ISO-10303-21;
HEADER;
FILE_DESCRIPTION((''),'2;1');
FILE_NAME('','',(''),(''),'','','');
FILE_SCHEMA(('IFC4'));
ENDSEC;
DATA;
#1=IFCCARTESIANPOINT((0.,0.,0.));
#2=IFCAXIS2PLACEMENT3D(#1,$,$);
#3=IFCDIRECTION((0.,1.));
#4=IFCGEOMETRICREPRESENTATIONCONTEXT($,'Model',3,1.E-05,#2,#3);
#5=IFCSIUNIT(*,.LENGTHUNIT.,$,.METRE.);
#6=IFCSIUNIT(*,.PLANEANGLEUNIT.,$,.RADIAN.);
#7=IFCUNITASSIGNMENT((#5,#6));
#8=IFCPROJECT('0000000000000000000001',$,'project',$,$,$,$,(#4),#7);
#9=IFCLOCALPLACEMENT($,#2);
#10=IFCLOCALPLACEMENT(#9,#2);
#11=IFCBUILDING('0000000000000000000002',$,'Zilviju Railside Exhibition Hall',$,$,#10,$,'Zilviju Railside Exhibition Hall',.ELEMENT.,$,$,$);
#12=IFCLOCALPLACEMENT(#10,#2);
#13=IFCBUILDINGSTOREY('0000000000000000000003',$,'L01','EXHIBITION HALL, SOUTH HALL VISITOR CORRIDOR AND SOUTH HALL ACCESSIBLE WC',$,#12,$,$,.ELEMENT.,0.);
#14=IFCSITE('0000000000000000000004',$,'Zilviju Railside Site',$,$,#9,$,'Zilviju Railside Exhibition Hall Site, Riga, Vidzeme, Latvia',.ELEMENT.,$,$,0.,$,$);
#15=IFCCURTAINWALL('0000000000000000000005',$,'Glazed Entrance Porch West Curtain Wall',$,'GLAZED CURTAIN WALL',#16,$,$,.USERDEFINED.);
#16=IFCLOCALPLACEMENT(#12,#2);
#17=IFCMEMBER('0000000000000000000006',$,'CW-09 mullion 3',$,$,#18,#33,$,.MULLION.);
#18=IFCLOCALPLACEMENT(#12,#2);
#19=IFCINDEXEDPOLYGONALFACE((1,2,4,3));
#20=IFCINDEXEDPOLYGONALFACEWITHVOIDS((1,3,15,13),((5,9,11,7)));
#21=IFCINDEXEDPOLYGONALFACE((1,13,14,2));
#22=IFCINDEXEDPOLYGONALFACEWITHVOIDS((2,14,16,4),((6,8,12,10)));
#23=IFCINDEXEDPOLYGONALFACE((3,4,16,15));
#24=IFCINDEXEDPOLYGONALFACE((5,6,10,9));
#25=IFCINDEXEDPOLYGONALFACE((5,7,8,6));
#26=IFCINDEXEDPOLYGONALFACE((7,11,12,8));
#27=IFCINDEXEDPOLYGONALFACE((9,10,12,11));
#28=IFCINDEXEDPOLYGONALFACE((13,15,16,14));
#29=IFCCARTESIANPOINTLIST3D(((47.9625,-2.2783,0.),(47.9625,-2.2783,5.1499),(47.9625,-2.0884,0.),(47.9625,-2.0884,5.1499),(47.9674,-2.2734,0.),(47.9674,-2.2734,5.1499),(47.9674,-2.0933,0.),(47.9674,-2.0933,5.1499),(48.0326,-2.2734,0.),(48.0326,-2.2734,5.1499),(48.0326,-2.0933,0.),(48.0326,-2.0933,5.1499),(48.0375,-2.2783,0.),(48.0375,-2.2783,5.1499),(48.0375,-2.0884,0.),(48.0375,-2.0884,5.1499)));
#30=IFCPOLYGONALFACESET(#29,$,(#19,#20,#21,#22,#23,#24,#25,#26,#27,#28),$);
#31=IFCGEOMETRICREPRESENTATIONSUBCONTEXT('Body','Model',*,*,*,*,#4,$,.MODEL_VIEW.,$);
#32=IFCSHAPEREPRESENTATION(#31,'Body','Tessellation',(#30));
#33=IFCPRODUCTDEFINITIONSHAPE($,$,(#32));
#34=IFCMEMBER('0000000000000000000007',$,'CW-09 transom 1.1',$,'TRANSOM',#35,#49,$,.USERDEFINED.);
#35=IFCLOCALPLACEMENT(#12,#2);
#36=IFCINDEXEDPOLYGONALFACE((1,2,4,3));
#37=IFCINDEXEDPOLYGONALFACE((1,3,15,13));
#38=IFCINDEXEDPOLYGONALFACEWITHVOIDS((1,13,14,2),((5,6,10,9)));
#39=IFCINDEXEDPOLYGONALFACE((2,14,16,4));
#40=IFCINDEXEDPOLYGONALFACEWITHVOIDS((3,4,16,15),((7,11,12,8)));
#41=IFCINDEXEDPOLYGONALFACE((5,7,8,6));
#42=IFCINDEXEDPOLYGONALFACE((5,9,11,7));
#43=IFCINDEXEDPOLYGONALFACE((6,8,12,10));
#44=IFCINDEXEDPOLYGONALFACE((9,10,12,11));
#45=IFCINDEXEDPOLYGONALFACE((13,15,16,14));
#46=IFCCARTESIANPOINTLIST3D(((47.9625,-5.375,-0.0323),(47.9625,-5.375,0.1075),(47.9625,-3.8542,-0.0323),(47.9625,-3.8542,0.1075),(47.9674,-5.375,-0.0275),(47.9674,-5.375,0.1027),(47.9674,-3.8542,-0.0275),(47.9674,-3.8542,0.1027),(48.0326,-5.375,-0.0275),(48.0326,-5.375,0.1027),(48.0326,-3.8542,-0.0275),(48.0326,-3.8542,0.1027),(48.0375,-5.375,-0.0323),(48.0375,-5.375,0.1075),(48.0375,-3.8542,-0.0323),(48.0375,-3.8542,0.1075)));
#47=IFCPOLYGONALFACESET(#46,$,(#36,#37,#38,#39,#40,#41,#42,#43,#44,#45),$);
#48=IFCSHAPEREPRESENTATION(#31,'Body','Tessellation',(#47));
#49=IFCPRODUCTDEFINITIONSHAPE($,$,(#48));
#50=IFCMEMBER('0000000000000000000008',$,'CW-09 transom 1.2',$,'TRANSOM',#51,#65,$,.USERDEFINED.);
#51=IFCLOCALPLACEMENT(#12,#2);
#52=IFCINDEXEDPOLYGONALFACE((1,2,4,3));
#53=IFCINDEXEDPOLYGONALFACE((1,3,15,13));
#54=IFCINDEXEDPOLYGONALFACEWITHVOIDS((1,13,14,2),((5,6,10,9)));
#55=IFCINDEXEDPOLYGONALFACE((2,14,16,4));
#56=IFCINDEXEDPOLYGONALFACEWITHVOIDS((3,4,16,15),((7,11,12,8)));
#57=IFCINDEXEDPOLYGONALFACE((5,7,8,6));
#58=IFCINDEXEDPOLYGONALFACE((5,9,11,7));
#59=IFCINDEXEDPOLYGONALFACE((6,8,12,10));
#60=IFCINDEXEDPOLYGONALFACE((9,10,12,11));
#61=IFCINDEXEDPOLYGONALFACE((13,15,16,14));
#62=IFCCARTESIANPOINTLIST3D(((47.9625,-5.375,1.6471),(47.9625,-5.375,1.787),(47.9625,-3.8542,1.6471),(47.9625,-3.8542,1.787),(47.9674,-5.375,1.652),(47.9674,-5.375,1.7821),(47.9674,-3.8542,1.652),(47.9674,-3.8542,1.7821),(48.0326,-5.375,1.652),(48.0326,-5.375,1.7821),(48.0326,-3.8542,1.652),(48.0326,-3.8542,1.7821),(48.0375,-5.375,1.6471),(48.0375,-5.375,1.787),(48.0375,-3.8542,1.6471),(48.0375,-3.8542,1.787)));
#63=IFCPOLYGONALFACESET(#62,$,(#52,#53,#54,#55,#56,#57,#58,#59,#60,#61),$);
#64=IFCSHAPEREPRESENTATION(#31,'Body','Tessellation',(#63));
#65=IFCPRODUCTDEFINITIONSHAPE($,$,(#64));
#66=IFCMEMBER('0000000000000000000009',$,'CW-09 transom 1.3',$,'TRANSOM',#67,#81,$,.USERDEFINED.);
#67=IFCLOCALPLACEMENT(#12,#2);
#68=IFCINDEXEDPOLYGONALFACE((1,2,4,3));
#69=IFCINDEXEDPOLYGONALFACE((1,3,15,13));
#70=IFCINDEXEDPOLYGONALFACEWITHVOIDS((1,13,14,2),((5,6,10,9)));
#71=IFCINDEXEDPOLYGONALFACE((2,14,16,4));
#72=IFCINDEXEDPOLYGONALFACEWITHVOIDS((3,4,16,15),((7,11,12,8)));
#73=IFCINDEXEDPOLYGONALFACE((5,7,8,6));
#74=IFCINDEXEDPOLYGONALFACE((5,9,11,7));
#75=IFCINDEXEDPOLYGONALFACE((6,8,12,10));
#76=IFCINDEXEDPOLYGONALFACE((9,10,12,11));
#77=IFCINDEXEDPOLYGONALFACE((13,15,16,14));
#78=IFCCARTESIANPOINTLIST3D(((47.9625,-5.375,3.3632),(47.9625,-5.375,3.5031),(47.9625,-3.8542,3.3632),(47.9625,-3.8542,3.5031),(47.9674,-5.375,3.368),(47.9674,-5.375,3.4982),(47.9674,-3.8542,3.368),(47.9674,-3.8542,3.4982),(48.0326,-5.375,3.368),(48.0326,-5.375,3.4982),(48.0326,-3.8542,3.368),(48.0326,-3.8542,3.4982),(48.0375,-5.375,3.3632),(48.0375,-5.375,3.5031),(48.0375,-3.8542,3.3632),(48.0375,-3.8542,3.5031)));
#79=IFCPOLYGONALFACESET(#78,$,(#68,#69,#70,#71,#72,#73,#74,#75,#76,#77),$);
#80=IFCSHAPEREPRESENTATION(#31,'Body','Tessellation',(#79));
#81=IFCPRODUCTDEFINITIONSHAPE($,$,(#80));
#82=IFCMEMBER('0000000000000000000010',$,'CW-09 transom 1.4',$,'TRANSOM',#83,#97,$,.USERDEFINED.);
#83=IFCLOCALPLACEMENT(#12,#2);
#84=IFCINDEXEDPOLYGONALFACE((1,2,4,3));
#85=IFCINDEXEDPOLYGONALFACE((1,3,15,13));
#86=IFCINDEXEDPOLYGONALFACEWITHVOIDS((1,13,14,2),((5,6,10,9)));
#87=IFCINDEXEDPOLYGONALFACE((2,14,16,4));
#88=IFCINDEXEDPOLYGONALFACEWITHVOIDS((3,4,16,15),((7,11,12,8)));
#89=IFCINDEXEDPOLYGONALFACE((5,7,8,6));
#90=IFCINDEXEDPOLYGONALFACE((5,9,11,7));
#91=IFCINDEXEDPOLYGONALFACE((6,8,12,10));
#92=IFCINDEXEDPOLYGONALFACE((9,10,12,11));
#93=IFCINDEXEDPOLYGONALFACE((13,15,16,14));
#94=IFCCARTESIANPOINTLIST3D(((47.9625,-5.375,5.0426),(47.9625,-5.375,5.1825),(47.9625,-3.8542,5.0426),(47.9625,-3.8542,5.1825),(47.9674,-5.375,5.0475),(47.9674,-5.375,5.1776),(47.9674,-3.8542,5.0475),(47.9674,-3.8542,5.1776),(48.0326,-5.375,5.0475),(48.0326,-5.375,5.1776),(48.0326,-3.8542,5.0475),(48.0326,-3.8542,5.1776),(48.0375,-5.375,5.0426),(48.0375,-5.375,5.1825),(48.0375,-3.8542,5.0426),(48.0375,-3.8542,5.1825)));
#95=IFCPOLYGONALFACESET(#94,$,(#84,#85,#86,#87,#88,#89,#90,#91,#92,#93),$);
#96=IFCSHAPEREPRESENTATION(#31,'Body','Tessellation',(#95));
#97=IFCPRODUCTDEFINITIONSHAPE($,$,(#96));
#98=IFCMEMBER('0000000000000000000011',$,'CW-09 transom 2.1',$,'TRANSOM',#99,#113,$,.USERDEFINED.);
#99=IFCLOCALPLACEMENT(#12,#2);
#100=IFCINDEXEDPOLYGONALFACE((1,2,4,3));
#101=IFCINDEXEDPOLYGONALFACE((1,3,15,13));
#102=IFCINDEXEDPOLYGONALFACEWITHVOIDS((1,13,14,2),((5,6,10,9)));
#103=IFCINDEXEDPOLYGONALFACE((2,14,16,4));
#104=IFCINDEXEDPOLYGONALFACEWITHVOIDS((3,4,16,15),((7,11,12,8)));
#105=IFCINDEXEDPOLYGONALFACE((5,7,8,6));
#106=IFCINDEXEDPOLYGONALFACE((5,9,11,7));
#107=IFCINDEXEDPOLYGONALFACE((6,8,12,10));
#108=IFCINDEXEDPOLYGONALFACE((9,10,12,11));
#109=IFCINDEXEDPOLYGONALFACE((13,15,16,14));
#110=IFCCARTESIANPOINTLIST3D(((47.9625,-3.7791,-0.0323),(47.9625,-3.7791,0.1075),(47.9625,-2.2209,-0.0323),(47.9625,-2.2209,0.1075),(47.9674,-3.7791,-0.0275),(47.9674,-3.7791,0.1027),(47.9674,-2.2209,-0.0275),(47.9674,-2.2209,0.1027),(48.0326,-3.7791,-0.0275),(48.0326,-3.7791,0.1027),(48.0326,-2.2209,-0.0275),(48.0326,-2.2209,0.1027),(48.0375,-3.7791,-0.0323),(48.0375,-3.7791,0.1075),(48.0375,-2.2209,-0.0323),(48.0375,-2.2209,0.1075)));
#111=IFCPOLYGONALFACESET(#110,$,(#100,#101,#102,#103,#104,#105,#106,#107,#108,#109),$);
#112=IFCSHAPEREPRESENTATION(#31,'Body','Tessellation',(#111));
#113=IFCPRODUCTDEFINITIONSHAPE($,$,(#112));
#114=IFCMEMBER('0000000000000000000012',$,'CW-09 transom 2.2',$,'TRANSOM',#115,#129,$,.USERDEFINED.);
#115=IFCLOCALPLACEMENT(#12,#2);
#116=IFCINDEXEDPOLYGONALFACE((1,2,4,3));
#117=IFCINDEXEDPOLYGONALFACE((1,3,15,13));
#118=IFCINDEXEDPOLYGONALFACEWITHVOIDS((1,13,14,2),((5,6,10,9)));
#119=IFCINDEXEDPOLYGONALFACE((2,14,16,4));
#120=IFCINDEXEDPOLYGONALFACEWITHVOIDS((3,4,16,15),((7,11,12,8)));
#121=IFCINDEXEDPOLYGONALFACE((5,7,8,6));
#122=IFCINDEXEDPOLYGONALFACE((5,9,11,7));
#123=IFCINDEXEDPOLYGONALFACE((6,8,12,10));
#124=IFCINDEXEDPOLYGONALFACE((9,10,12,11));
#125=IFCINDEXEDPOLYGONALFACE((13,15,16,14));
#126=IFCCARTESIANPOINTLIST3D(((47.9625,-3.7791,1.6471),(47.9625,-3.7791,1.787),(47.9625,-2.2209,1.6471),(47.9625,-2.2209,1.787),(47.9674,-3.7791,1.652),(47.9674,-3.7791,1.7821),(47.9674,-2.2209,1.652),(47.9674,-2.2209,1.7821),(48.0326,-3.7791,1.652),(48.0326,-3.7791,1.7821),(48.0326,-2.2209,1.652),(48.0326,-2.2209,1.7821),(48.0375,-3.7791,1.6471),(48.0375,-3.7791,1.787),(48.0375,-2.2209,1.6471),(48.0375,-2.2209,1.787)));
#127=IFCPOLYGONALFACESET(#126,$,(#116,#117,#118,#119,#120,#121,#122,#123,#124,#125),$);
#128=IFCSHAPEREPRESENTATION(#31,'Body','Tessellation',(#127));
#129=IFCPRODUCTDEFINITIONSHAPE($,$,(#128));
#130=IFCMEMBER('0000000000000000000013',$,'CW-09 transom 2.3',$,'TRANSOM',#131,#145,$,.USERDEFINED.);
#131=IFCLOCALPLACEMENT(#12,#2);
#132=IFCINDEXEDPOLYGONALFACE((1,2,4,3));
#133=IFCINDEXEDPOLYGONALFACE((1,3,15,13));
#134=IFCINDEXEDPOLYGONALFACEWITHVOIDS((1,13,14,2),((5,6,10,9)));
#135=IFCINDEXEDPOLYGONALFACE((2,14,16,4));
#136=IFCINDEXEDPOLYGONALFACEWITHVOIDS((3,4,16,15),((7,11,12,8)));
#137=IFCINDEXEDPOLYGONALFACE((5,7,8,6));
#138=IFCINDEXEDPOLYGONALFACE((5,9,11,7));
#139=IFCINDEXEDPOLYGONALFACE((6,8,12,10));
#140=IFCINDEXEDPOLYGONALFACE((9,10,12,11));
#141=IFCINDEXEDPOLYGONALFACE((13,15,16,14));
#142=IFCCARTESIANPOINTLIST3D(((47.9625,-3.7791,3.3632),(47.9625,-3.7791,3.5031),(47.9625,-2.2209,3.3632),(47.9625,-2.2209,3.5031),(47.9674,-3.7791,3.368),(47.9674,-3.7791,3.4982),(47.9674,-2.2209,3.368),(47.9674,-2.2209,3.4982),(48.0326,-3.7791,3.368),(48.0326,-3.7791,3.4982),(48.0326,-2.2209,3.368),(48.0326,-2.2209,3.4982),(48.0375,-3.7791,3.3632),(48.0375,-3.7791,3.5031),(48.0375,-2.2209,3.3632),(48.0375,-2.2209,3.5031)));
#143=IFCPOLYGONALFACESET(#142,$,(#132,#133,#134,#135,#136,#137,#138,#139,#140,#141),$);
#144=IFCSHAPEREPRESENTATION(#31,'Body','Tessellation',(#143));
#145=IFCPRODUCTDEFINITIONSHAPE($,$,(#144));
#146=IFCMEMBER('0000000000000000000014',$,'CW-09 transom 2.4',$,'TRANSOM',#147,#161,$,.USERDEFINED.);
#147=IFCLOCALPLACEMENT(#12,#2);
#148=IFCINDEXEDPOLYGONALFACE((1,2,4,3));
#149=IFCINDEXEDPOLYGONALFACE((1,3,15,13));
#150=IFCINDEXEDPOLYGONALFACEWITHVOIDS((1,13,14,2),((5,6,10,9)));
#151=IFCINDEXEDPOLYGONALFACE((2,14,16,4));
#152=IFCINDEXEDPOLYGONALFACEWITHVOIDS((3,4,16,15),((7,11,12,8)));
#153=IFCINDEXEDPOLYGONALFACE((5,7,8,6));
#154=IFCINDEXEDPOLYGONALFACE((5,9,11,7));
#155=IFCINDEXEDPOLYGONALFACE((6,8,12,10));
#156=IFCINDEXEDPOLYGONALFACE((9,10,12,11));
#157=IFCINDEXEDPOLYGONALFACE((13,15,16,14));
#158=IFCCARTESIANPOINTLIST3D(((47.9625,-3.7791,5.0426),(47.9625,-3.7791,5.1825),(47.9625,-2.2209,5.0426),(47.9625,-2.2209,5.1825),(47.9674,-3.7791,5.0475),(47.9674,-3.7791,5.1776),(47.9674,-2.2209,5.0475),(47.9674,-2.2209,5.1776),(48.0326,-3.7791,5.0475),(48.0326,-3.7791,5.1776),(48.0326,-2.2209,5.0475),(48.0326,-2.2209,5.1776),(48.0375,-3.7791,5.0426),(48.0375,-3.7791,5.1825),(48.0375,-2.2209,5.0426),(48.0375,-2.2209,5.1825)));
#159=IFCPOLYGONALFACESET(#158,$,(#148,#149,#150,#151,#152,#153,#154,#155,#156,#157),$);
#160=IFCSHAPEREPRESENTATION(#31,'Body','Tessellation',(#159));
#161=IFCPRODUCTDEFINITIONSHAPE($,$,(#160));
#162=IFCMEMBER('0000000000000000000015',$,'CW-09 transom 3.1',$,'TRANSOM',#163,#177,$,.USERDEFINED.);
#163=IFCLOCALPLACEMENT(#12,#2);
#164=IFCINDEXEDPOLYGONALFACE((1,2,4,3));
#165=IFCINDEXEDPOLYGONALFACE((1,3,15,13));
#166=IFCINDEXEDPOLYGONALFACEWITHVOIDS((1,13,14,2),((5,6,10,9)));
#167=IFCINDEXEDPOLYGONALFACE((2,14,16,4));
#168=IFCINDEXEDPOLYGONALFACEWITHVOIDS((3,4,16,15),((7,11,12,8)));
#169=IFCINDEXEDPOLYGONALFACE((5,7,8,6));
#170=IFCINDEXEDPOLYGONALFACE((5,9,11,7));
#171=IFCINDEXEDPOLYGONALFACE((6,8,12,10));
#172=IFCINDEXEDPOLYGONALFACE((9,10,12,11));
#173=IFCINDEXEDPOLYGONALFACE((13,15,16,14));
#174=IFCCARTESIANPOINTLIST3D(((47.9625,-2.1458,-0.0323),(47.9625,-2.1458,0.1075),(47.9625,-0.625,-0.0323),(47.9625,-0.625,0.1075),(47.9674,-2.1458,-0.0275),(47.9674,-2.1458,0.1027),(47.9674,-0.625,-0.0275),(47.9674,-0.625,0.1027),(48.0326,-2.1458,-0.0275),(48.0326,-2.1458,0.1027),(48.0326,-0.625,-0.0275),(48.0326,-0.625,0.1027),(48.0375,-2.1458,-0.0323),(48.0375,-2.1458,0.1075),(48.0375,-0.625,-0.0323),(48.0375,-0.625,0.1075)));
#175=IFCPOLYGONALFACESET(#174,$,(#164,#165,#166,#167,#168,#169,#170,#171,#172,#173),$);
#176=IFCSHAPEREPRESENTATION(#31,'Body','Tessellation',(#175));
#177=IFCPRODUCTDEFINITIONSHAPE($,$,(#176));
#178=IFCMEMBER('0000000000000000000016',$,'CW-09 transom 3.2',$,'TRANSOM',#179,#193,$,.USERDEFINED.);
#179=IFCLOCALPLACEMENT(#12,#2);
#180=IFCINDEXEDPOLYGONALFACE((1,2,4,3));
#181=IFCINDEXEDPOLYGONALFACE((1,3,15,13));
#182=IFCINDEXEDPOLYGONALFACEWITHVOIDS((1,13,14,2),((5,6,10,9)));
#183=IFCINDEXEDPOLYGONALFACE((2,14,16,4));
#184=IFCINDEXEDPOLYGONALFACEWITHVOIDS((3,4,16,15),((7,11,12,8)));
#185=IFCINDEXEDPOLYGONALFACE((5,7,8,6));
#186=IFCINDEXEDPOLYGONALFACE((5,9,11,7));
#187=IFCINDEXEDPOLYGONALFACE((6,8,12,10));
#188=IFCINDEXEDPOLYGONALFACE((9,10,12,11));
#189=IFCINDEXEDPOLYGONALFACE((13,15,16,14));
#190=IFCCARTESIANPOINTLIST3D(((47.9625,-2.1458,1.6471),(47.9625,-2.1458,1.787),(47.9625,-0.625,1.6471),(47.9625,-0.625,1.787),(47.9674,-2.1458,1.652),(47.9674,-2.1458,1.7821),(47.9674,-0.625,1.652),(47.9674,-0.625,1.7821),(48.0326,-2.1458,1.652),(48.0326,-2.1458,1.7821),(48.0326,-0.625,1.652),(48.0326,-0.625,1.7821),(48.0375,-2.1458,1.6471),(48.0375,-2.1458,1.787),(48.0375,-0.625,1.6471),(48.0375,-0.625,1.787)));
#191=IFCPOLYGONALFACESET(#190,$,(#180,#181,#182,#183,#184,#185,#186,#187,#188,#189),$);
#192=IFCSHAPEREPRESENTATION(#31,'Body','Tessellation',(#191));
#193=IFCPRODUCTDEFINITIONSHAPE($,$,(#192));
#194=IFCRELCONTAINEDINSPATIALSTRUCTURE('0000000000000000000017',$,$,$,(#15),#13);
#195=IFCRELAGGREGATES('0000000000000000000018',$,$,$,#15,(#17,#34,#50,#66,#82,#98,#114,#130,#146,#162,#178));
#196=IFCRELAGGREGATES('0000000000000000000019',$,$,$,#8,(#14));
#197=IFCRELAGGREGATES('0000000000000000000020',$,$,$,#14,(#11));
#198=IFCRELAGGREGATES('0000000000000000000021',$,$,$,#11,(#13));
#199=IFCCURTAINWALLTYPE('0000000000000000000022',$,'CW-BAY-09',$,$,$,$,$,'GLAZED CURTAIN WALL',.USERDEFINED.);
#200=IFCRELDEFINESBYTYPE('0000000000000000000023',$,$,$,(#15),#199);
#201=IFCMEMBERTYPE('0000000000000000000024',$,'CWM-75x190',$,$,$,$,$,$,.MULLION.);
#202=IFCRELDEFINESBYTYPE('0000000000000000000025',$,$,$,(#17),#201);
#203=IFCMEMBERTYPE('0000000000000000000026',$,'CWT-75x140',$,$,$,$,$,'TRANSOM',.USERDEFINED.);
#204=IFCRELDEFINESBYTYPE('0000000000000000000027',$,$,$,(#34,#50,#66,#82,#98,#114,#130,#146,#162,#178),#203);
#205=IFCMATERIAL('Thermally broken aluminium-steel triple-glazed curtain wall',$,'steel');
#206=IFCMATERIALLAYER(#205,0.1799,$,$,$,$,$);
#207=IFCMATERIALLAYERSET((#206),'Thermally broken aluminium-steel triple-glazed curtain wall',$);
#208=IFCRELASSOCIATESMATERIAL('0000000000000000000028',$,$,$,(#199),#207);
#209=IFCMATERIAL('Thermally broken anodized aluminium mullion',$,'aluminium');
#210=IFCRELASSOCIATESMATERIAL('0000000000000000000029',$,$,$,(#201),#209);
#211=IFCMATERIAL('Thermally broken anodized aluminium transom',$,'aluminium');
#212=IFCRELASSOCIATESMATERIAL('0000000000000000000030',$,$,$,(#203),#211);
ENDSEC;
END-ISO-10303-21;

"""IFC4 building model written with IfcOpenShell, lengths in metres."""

from ifc_helpers import new_model, si_unit, direction, frame, origin, origin_2d, place, context, subcontext, project, spatial, hollow_rectangle, extrude, material, layer, layer_set, material_profile, profile_set, type_object, element, aggregate, save


model = new_model("IFC4")

# Units and contexts
model_context = context("Model", 3, precision=1e-05, world=origin(), true_north=direction((0.0, 1.0)))
body_context = subcontext(model_context, "Body", "Model", "MODEL_VIEW")
ifc_project = project(units=[si_unit("LENGTHUNIT", "METRE"), si_unit("PLANEANGLEUNIT", "RADIAN")], contexts=[model_context])

# Site, building, storey
site_placement = place(None, origin())
site = spatial("IfcSite", under=ifc_project, at=site_placement, Name="Zilviju Railside Site", LongName="Zilviju Railside Exhibition Hall Site, Riga, Vidzeme, Latvia", CompositionType="ELEMENT", RefElevation=0.0)
building_placement = place(site_placement, origin())
building = spatial("IfcBuilding", under=site, at=building_placement, Name="Zilviju Railside Exhibition Hall", LongName="Zilviju Railside Exhibition Hall", CompositionType="ELEMENT")
storey_placement = place(building_placement, origin())
storey = spatial("IfcBuildingStorey", under=building, at=storey_placement, Name="L01", Description="EXHIBITION HALL, SOUTH HALL VISITOR CORRIDOR AND SOUTH HALL ACCESSIBLE WC", CompositionType="ELEMENT", Elevation=0.0)

# Curtain wall, members
ifc_material_1 = material(Name="Thermally broken aluminium-steel triple-glazed curtain wall", Category="steel")
ifc_layer_1 = layer(ifc_material_1, 0.1799)
ifc_layer_set_1 = layer_set([ifc_layer_1], Name="Thermally broken aluminium-steel triple-glazed curtain wall")
curtain_wall_type = type_object("IfcCurtainWallType", Name="CW-BAY-09", ElementType="GLAZED CURTAIN WALL", PredefinedType="USERDEFINED", material=ifc_layer_set_1)
curtain_wall_placement = place(storey_placement, origin())
curtain_wall = element("IfcCurtainWall", 1, at=curtain_wall_placement, inside=storey, type_object=curtain_wall_type, Name="Glazed Entrance Porch West Curtain Wall", ObjectType="GLAZED CURTAIN WALL", PredefinedType="USERDEFINED")
ifc_material_2 = material(Name="Thermally broken anodized aluminium mullion", Category="aluminium")
ifc_material_profile_1 = material_profile(ifc_material_2, hollow_rectangle(XDim=0.075, YDim=0.1899, WallThickness=0.0049, at=origin_2d()), Name="MULLION 190x75x5")
ifc_profile_set_1 = profile_set([ifc_material_profile_1], Name="Thermally broken anodized aluminium mullion")
member_type_1 = type_object("IfcMemberType", Name="CWM-75x190", PredefinedType="MULLION", material=ifc_profile_set_1)
member_1_placement = place(storey_placement, frame((48.0, -2.1833, 0.0), z_axis=(0.0, 0.0, 1.0), x_axis=(-1.0, 0.0, 0.0)))
member_1 = element("IfcMember", 2, at=member_1_placement, type_object=member_type_1, Name="CW-09 mullion 3", PredefinedType="MULLION", context=body_context, shape_type="SweptSolid", body=[
    extrude(hollow_rectangle(XDim=0.075, YDim=0.1899, WallThickness=0.0049, at=origin_2d()), origin(), (0.0, 0.0, 1.0), 5.1499),
])
ifc_material_3 = material(Name="Thermally broken anodized aluminium transom", Category="aluminium")
ifc_material_profile_2 = material_profile(ifc_material_3, hollow_rectangle(XDim=0.075, YDim=0.1399, WallThickness=0.0049, at=origin_2d()), Name="TRANSOM 140x75x5")
ifc_profile_set_2 = profile_set([ifc_material_profile_2], Name="Thermally broken anodized aluminium transom")
member_type_2 = type_object("IfcMemberType", Name="CWT-75x140", ElementType="TRANSOM", PredefinedType="USERDEFINED", material=ifc_profile_set_2)
member_2_placement = place(storey_placement, frame((48.0, -5.375, 0.0376), z_axis=(0.0, 1.0, 0.0), x_axis=(-1.0, 0.0, 0.0)))
member_2 = element("IfcMember", 3, at=member_2_placement, type_object=member_type_2, Name="CW-09 transom 1.1", ObjectType="TRANSOM", PredefinedType="USERDEFINED", context=body_context, shape_type="SweptSolid", body=[
    extrude(hollow_rectangle(XDim=0.075, YDim=0.1399, WallThickness=0.0049, at=origin_2d()), origin(), (0.0, 0.0, 1.0), 1.5208),
])
member_3_placement = place(storey_placement, frame((48.0, -5.375, 1.717), z_axis=(0.0, 1.0, 0.0), x_axis=(-1.0, 0.0, 0.0)))
member_3 = element("IfcMember", 4, at=member_3_placement, type_object=member_type_2, Name="CW-09 transom 1.2", ObjectType="TRANSOM", PredefinedType="USERDEFINED", context=body_context, shape_type="SweptSolid", body=[
    extrude(hollow_rectangle(XDim=0.075, YDim=0.1399, WallThickness=0.0049, at=origin_2d()), origin(), (0.0, 0.0, 1.0), 1.5208),
])
member_4_placement = place(storey_placement, frame((48.0, -5.375, 3.4331), z_axis=(0.0, 1.0, 0.0), x_axis=(-1.0, 0.0, 0.0)))
member_4 = element("IfcMember", 5, at=member_4_placement, type_object=member_type_2, Name="CW-09 transom 1.3", ObjectType="TRANSOM", PredefinedType="USERDEFINED", context=body_context, shape_type="SweptSolid", body=[
    extrude(hollow_rectangle(XDim=0.075, YDim=0.1399, WallThickness=0.0049, at=origin_2d()), origin(), (0.0, 0.0, 1.0), 1.5208),
])
member_5_placement = place(storey_placement, frame((48.0, -5.375, 5.1125), z_axis=(0.0, 1.0, 0.0), x_axis=(-1.0, 0.0, 0.0)))
member_5 = element("IfcMember", 6, at=member_5_placement, type_object=member_type_2, Name="CW-09 transom 1.4", ObjectType="TRANSOM", PredefinedType="USERDEFINED", context=body_context, shape_type="SweptSolid", body=[
    extrude(hollow_rectangle(XDim=0.075, YDim=0.1399, WallThickness=0.0049, at=origin_2d()), origin(), (0.0, 0.0, 1.0), 1.5208),
])
member_6_placement = place(storey_placement, frame((48.0, -3.7791, 0.0376), z_axis=(0.0, 1.0, 0.0), x_axis=(-1.0, 0.0, 0.0)))
member_6 = element("IfcMember", 7, at=member_6_placement, type_object=member_type_2, Name="CW-09 transom 2.1", ObjectType="TRANSOM", PredefinedType="USERDEFINED", context=body_context, shape_type="SweptSolid", body=[
    extrude(hollow_rectangle(XDim=0.075, YDim=0.1399, WallThickness=0.0049, at=origin_2d()), origin(), (0.0, 0.0, 1.0), 1.5581),
])
member_7_placement = place(storey_placement, frame((48.0, -3.7791, 1.717), z_axis=(0.0, 1.0, 0.0), x_axis=(-1.0, 0.0, 0.0)))
member_7 = element("IfcMember", 8, at=member_7_placement, type_object=member_type_2, Name="CW-09 transom 2.2", ObjectType="TRANSOM", PredefinedType="USERDEFINED", context=body_context, shape_type="SweptSolid", body=[
    extrude(hollow_rectangle(XDim=0.075, YDim=0.1399, WallThickness=0.0049, at=origin_2d()), origin(), (0.0, 0.0, 1.0), 1.5581),
])
member_8_placement = place(storey_placement, frame((48.0, -3.7791, 3.4331), z_axis=(0.0, 1.0, 0.0), x_axis=(-1.0, 0.0, 0.0)))
member_8 = element("IfcMember", 9, at=member_8_placement, type_object=member_type_2, Name="CW-09 transom 2.3", ObjectType="TRANSOM", PredefinedType="USERDEFINED", context=body_context, shape_type="SweptSolid", body=[
    extrude(hollow_rectangle(XDim=0.075, YDim=0.1399, WallThickness=0.0049, at=origin_2d()), origin(), (0.0, 0.0, 1.0), 1.5581),
])
member_9_placement = place(storey_placement, frame((48.0, -3.7791, 5.1125), z_axis=(0.0, 1.0, 0.0), x_axis=(-1.0, 0.0, 0.0)))
member_9 = element("IfcMember", 10, at=member_9_placement, type_object=member_type_2, Name="CW-09 transom 2.4", ObjectType="TRANSOM", PredefinedType="USERDEFINED", context=body_context, shape_type="SweptSolid", body=[
    extrude(hollow_rectangle(XDim=0.075, YDim=0.1399, WallThickness=0.0049, at=origin_2d()), origin(), (0.0, 0.0, 1.0), 1.5581),
])
member_10_placement = place(storey_placement, frame((48.0, -2.1458, 0.0376), z_axis=(0.0, 1.0, 0.0), x_axis=(-1.0, 0.0, 0.0)))
member_10 = element("IfcMember", 11, at=member_10_placement, type_object=member_type_2, Name="CW-09 transom 3.1", ObjectType="TRANSOM", PredefinedType="USERDEFINED", context=body_context, shape_type="SweptSolid", body=[
    extrude(hollow_rectangle(XDim=0.075, YDim=0.1399, WallThickness=0.0049, at=origin_2d()), origin(), (0.0, 0.0, 1.0), 1.5208),
])
member_11_placement = place(storey_placement, frame((48.0, -2.1458, 1.717), z_axis=(0.0, 1.0, 0.0), x_axis=(-1.0, 0.0, 0.0)))
member_11 = element("IfcMember", 12, at=member_11_placement, type_object=member_type_2, Name="CW-09 transom 3.2", ObjectType="TRANSOM", PredefinedType="USERDEFINED", context=body_context, shape_type="SweptSolid", body=[
    extrude(hollow_rectangle(XDim=0.075, YDim=0.1399, WallThickness=0.0049, at=origin_2d()), origin(), (0.0, 0.0, 1.0), 1.5208),
])

aggregate(curtain_wall, [member_1, member_2, member_3, member_4, member_5, member_6, member_7, member_8, member_9, member_10, member_11])

save(model, "model.ifc")
